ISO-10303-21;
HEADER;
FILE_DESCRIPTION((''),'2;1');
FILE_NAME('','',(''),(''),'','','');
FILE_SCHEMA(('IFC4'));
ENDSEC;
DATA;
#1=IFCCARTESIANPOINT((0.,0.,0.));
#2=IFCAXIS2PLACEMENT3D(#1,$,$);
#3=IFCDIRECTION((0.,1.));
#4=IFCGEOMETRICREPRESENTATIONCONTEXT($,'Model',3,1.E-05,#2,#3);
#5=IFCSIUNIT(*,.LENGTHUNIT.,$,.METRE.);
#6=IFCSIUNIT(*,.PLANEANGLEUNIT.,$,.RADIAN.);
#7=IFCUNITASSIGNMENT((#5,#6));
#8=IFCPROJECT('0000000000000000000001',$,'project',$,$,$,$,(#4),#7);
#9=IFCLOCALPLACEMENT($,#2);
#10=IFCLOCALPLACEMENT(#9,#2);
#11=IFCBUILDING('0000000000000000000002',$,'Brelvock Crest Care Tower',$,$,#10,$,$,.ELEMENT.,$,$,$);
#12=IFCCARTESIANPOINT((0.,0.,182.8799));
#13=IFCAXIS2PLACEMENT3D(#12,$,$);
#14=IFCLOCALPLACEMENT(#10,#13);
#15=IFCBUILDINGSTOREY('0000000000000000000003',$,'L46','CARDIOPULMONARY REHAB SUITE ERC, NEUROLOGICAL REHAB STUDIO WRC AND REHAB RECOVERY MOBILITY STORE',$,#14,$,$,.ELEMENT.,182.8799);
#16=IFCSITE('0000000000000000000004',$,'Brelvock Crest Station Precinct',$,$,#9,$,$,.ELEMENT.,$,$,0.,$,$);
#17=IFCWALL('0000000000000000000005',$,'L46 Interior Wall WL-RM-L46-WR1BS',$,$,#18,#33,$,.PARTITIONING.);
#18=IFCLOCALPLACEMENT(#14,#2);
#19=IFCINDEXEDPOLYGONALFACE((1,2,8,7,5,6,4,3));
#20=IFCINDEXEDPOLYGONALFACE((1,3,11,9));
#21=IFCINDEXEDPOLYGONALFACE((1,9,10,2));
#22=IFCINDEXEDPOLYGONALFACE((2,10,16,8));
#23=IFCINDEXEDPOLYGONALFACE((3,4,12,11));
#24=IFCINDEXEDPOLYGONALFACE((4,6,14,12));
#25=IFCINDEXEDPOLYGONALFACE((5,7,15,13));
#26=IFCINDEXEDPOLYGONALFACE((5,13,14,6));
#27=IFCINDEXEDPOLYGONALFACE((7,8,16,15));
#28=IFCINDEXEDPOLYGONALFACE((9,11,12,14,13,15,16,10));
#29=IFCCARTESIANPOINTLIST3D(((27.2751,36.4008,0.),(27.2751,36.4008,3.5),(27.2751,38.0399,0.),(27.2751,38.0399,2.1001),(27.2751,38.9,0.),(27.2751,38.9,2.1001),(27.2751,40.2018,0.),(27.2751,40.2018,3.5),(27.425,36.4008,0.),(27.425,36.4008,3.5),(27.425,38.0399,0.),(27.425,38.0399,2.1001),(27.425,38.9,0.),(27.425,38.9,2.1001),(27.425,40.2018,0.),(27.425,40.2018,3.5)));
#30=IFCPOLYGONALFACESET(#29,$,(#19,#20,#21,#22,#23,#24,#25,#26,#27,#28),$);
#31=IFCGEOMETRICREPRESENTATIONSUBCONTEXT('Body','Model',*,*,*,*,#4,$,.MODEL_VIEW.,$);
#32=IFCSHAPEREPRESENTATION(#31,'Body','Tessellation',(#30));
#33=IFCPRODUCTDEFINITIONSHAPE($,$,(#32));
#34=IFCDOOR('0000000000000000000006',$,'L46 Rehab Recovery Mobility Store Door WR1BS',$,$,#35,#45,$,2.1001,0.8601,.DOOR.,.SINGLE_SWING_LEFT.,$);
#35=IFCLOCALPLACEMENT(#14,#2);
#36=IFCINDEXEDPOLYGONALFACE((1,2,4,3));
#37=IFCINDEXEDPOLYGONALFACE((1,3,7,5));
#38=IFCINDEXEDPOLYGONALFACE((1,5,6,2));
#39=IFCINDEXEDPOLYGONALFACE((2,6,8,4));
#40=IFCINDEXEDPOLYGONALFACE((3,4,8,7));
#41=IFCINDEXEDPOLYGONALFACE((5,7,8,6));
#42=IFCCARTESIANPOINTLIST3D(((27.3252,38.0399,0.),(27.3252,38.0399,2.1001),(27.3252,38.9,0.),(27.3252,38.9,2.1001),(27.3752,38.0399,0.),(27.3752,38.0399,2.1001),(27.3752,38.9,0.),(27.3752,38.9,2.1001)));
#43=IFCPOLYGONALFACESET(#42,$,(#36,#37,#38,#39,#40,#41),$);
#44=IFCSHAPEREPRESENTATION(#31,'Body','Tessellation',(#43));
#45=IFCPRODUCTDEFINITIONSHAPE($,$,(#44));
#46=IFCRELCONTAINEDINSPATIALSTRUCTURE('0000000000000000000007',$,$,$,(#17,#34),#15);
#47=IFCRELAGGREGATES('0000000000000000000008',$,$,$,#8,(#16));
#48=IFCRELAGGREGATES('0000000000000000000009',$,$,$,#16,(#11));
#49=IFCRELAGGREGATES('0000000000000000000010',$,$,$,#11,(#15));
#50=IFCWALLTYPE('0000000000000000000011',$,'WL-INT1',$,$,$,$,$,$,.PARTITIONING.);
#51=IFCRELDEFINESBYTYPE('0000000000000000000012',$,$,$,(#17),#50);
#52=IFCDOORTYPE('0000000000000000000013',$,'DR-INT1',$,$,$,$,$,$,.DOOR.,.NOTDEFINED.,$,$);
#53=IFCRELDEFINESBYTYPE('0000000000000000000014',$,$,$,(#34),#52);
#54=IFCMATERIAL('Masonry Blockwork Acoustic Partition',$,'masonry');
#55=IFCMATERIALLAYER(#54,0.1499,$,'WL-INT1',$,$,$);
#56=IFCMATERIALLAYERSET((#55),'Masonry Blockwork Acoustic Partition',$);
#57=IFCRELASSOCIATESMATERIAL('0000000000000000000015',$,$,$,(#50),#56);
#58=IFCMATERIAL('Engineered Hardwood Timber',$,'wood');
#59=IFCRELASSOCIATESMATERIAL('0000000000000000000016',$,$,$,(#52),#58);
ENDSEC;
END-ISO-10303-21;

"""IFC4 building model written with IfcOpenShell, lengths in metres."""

from ifc_helpers import new_model, si_unit, direction, frame, frame_2d, origin, origin_2d, place, context, subcontext, project, spatial, rectangle, extrude, source, transform, mapped, material, layer, layer_set, type_object, element, fill, save


model = new_model("IFC4")

# Units and contexts
model_context = context("Model", 3, precision=1e-05, world=origin(), true_north=direction((0.0, 1.0)))
body_context = subcontext(model_context, "Body", "Model", "MODEL_VIEW")
ifc_project = project(units=[si_unit("LENGTHUNIT", "METRE"), si_unit("PLANEANGLEUNIT", "RADIAN")], contexts=[model_context])

# Site, building, storey
site_placement = place(None, origin())
site = spatial("IfcSite", under=ifc_project, at=site_placement, Name="Brelvock Crest Station Precinct", CompositionType="ELEMENT", RefElevation=0.0)
building_placement = place(site_placement, origin())
building = spatial("IfcBuilding", under=site, at=building_placement, Name="Brelvock Crest Care Tower", CompositionType="ELEMENT")
storey_placement = place(building_placement, frame((0.0, 0.0, 182.8799)))
storey = spatial("IfcBuildingStorey", under=building, at=storey_placement, Name="L46", Description="CARDIOPULMONARY REHAB SUITE ERC, NEUROLOGICAL REHAB STUDIO WRC AND REHAB RECOVERY MOBILITY STORE", CompositionType="ELEMENT", Elevation=182.8799)

# Wall, opening, door
ifc_material_1 = material(Name="Masonry Blockwork Acoustic Partition", Category="masonry")
ifc_layer = layer(ifc_material_1, 0.1499, Name="WL-INT1")
ifc_layer_set = layer_set([ifc_layer], Name="Masonry Blockwork Acoustic Partition")
wall_type = type_object("IfcWallType", Name="WL-INT1", PredefinedType="PARTITIONING", material=ifc_layer_set)
wall_placement = place(storey_placement, frame((27.3501, 36.4009, 0.0), z_axis=(0.0, 0.0, 1.0), x_axis=(0.0, 1.0, 0.0)))
wall = element("IfcWall", 1, at=wall_placement, inside=storey, type_object=wall_type, Name="L46 Interior Wall WL-RM-L46-WR1BS", PredefinedType="PARTITIONING", context=body_context, shape_type="SweptSolid", body=[
    extrude(rectangle(XDim=3.801, YDim=0.1499, at=frame_2d((1.9004, 0.0))), origin(), (0.0, 0.0, 1.0), 3.5),
])
opening_placement = place(wall_placement, frame((1.6389, 0.0, 0.0)))
opening = element("IfcOpeningElement", 2, at=opening_placement, cuts=wall, PredefinedType="OPENING", context=body_context, shape_type="SweptSolid", body=[
    extrude(rectangle(XDim=0.8601, YDim=2.1001, at=origin_2d()), frame((0.4302, 0.085, 1.05), z_axis=(0.0, -1.0, 0.0), x_axis=(1.0, 0.0, 0.0)), (0.0, 0.0, 1.0), 0.1699),
])
ifc_material_2 = material(Name="Engineered Hardwood Timber", Category="wood")
door_type = type_object("IfcDoorType", Name="DR-INT1", OperationType="NOTDEFINED", PredefinedType="DOOR", material=ifc_material_2)
shared_shape_1 = source(origin(), body_context, "Body", "SweptSolid", [
    extrude(rectangle(XDim=0.8601, YDim=2.1001, at=origin_2d()), frame((0.4302, 0.0249, 1.05), z_axis=(0.0, -1.0, 0.0), x_axis=(1.0, 0.0, 0.0)), (0.0, 0.0, 1.0), 0.05),
])
door_placement = place(opening_placement, origin())
door = element("IfcDoor", 3, at=door_placement, inside=storey, type_object=door_type, Name="L46 Rehab Recovery Mobility Store Door WR1BS", OperationType="SINGLE_SWING_LEFT", OverallHeight=2.1001, OverallWidth=0.8601, PredefinedType="DOOR", context=body_context, shape_type="MappedRepresentation", body=[
    mapped(shared_shape_1, transform((0.0, 0.0, 0.0), x_axis=(1.0, 0.0, 0.0), y_axis=(0.0, 1.0, 0.0), z_axis=(0.0, 0.0, 1.0), scale=1.0)),
])
fill(opening, door)

save(model, "model.ifc")
